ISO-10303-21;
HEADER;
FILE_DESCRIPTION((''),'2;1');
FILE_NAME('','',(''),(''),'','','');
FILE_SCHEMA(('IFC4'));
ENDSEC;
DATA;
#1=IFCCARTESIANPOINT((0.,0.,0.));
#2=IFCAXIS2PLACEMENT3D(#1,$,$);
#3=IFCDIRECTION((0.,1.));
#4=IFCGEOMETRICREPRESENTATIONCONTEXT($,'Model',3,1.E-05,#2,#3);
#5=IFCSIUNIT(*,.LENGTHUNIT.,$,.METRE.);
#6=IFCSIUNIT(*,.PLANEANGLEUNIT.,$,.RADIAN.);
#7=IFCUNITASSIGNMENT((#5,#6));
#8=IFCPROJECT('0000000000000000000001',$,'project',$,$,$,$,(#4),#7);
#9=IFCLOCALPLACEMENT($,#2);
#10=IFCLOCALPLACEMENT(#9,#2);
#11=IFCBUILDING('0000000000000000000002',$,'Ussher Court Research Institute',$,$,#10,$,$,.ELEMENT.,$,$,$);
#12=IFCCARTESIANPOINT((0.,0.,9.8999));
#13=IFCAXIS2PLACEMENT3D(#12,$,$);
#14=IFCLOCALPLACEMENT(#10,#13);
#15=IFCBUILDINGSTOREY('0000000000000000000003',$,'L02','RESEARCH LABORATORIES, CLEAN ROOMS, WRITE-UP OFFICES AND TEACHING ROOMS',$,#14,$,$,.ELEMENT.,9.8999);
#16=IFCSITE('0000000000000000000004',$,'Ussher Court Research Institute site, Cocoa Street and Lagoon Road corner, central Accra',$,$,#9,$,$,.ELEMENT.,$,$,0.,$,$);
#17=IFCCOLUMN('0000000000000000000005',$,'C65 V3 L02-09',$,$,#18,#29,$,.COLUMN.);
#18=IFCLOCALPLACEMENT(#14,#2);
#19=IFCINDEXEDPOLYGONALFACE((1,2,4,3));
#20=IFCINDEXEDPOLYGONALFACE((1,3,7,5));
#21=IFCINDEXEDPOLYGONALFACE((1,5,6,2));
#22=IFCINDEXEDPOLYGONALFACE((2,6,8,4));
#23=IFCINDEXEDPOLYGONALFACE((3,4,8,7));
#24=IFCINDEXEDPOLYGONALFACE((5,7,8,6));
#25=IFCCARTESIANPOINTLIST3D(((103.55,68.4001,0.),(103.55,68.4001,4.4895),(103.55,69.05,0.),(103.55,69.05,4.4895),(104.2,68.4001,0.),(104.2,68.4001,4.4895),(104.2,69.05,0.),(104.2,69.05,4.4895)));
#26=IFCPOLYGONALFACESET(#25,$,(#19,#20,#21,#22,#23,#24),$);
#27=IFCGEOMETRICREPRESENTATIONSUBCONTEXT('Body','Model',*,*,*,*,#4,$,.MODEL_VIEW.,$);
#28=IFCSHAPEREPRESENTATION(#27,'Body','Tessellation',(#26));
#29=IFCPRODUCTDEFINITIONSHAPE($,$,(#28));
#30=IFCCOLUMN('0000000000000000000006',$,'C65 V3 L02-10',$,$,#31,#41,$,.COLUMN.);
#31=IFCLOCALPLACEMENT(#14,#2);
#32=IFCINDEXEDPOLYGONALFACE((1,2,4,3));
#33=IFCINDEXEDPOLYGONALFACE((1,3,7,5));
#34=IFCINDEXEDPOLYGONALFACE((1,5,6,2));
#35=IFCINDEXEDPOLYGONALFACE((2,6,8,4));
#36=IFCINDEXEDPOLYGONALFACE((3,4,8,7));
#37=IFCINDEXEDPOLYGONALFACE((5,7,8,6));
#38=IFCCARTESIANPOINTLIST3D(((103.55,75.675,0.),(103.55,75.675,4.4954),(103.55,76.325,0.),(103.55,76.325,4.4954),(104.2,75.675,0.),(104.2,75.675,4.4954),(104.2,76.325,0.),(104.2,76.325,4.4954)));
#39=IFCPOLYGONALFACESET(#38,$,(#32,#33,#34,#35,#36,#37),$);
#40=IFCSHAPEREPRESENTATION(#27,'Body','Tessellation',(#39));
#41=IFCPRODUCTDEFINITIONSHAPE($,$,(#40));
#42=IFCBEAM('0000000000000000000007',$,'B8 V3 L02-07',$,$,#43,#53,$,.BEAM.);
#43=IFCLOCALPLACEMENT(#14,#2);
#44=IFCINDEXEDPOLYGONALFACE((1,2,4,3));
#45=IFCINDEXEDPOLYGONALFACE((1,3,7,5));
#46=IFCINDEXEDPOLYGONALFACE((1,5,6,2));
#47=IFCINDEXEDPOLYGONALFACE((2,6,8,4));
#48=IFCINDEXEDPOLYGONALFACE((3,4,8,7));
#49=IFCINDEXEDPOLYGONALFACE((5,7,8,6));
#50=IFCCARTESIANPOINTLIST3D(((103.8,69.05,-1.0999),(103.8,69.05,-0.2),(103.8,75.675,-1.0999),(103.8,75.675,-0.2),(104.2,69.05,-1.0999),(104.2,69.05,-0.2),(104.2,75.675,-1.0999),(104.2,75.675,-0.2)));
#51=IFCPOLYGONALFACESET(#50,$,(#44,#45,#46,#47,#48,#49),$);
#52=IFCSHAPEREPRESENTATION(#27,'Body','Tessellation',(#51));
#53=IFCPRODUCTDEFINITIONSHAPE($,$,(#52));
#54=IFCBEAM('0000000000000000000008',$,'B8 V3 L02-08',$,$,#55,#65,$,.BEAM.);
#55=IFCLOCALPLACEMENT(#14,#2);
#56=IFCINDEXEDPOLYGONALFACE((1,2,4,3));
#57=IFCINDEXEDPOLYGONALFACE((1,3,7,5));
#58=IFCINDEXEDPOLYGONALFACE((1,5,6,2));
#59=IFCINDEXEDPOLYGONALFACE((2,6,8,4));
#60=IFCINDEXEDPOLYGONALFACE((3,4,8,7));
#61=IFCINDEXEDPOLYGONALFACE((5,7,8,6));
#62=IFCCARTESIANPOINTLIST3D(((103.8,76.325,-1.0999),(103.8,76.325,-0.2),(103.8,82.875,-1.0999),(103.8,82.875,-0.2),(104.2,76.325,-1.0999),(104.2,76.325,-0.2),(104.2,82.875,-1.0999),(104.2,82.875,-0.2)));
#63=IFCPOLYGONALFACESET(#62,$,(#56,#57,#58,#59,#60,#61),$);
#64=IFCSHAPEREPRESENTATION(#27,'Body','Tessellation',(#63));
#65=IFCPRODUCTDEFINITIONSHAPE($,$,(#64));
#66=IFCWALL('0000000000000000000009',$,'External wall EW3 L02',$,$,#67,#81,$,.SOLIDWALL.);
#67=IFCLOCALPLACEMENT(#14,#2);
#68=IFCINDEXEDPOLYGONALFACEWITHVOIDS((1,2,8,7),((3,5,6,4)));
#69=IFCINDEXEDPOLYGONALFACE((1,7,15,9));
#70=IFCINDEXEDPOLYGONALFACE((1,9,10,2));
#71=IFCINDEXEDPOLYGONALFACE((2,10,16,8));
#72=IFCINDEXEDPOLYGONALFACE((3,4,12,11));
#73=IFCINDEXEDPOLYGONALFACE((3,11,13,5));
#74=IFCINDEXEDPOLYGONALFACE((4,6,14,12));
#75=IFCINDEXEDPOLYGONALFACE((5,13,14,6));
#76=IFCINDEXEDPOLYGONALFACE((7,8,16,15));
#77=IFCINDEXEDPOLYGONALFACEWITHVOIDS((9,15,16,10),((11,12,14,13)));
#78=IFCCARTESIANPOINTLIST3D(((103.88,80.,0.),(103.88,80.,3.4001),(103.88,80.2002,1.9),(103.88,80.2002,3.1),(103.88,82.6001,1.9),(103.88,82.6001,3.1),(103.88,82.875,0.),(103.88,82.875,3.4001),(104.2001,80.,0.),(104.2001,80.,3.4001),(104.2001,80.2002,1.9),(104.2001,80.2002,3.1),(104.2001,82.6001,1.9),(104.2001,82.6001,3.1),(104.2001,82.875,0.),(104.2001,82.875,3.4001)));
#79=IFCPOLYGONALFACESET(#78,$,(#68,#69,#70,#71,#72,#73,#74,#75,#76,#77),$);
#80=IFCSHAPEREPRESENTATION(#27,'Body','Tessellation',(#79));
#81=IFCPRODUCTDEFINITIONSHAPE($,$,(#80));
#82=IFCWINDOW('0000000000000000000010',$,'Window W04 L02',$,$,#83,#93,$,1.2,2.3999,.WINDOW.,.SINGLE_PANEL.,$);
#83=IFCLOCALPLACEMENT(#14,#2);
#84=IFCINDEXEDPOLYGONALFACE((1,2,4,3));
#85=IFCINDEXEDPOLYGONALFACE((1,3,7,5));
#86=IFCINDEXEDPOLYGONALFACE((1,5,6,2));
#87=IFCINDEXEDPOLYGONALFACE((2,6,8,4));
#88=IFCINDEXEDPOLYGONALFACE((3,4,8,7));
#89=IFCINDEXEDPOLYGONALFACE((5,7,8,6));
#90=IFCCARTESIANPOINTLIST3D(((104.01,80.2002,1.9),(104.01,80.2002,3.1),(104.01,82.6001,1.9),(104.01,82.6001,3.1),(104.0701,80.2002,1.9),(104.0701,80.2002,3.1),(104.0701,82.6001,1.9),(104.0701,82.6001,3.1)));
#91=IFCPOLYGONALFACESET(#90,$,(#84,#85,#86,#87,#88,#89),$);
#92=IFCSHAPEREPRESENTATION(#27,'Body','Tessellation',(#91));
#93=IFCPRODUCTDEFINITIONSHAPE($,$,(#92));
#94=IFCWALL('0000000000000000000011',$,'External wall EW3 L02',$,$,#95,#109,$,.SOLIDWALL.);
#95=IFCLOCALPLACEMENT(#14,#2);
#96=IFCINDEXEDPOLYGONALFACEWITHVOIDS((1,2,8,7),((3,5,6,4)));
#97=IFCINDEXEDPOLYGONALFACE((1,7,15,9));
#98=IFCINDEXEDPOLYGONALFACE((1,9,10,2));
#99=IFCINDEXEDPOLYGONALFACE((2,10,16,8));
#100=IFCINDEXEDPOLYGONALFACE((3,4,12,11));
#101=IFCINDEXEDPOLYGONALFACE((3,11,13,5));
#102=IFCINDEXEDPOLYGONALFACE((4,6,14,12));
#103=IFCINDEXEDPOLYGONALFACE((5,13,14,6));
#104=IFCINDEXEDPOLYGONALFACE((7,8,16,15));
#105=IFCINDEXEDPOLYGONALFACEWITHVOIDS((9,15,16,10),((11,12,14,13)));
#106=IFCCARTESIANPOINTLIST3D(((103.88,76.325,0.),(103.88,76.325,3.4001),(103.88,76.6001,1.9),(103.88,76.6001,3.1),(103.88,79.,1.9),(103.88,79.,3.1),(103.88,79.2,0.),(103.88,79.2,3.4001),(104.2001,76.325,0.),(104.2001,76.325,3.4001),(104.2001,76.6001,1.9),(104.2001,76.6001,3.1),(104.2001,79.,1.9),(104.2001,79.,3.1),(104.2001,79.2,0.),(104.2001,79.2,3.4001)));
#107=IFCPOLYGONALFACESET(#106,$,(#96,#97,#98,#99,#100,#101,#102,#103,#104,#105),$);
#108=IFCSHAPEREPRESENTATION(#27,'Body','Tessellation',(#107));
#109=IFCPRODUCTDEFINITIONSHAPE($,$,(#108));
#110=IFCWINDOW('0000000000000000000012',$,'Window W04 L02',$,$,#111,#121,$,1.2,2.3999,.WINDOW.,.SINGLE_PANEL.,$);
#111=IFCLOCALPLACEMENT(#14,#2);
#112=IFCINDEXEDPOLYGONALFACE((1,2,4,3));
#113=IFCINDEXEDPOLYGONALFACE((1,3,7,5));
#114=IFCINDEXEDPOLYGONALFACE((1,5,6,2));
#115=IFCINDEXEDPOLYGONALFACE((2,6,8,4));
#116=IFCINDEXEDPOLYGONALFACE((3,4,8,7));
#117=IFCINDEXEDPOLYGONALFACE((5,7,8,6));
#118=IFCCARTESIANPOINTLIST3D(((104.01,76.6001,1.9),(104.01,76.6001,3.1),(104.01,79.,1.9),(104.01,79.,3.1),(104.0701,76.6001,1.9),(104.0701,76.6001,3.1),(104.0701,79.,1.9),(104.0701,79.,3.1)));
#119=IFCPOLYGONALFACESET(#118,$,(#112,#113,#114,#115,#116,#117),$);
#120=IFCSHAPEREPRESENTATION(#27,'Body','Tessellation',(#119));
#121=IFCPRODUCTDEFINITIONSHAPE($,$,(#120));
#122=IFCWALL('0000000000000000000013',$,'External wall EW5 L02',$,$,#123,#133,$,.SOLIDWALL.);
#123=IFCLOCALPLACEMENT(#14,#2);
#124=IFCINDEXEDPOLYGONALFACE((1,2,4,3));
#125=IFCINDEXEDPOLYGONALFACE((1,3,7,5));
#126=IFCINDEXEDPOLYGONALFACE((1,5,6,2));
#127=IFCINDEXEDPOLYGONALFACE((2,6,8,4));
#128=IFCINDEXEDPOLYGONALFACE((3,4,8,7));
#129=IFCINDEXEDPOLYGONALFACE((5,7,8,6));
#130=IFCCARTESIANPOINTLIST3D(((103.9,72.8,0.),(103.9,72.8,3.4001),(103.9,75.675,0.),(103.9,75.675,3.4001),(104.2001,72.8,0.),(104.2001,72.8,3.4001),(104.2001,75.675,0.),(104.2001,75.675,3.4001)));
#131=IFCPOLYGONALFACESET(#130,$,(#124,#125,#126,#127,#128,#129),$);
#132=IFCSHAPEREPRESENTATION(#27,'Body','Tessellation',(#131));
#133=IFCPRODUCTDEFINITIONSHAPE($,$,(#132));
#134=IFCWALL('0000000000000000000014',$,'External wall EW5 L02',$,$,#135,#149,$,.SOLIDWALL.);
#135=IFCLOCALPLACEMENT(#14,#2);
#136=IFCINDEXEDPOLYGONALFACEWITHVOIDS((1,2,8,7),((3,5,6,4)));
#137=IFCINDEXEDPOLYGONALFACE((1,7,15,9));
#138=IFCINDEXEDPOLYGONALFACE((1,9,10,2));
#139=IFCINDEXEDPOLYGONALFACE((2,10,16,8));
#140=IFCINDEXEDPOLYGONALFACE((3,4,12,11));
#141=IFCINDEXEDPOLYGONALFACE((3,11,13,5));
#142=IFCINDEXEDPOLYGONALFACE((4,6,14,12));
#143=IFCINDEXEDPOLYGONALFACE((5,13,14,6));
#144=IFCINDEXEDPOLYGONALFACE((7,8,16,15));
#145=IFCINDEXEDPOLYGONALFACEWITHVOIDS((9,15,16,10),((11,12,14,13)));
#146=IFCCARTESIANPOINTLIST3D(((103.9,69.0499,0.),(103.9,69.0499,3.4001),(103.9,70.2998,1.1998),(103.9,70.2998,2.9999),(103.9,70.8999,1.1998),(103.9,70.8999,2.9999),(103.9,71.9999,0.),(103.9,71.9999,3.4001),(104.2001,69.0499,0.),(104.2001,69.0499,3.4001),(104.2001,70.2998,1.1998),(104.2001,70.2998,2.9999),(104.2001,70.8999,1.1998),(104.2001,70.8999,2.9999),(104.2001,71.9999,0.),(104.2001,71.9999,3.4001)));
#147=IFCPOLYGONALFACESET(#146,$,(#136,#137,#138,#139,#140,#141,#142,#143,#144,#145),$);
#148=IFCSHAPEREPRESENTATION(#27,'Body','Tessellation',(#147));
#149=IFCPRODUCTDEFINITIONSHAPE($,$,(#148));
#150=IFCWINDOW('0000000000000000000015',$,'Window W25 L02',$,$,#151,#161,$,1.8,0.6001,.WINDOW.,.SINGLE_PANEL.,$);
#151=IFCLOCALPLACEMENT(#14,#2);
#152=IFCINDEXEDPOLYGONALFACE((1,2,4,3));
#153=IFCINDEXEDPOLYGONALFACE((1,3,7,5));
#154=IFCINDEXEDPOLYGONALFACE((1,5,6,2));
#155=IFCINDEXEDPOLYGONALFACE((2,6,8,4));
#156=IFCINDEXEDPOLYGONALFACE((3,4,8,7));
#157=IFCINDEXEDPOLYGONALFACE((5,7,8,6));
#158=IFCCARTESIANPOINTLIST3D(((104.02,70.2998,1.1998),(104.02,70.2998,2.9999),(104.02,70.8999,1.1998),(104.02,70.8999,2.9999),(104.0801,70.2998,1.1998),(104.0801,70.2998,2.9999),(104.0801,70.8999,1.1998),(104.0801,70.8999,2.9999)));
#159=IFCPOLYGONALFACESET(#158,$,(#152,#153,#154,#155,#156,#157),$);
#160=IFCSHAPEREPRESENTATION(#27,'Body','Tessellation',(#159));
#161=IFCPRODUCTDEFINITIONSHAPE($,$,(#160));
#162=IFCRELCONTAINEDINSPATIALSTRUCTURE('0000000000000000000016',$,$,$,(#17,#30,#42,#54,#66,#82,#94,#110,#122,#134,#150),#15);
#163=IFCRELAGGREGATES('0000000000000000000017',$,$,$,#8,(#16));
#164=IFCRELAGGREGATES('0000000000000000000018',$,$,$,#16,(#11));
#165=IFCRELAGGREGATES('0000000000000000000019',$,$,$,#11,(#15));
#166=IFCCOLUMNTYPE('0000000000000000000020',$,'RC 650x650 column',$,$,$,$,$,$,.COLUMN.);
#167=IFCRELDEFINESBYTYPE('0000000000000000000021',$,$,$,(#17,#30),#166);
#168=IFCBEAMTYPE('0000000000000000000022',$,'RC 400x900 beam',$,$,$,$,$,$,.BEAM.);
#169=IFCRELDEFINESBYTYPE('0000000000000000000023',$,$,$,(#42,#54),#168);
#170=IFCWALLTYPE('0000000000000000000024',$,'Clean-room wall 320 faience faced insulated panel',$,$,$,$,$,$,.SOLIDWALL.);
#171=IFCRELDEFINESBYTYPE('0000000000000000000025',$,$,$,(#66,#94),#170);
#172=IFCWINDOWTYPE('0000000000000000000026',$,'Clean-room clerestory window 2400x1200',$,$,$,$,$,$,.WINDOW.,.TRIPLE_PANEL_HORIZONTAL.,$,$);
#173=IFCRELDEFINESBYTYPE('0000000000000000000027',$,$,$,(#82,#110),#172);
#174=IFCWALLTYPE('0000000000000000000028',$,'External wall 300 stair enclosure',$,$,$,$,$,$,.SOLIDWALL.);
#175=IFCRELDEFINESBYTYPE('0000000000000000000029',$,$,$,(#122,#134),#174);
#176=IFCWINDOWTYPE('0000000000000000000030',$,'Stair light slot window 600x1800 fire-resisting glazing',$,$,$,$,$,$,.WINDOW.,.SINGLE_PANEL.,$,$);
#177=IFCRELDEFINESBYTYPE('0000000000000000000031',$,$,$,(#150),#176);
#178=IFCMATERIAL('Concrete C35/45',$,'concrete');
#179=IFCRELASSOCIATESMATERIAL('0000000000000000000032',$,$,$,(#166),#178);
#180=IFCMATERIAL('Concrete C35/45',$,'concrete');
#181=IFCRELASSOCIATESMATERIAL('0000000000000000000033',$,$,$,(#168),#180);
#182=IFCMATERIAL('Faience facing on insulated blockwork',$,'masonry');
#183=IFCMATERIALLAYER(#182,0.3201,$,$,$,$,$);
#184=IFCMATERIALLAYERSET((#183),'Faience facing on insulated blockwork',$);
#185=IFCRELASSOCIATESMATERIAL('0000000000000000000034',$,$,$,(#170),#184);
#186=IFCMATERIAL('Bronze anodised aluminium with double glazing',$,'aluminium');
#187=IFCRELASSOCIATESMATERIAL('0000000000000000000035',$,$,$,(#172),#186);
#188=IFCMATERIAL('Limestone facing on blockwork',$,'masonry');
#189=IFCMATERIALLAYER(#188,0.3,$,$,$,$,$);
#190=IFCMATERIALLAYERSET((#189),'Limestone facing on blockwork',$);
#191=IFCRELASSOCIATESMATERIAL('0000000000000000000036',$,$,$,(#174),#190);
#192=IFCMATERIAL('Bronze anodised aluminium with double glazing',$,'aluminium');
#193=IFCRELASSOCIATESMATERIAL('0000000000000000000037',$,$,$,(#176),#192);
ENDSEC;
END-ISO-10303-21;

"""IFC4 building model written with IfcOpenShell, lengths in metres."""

from ifc_helpers import new_model, si_unit, direction, frame, frame_2d, origin, origin_2d, place, context, subcontext, project, spatial, rectangle, extrude, material, layer, layer_set, material_profile, profile_set, type_object, element, fill, save


model = new_model("IFC4")

# Units and contexts
model_context = context("Model", 3, precision=1e-05, world=origin(), true_north=direction((0.0, 1.0)))
body_context = subcontext(model_context, "Body", "Model", "MODEL_VIEW")
ifc_project = project(units=[si_unit("LENGTHUNIT", "METRE"), si_unit("PLANEANGLEUNIT", "RADIAN")], contexts=[model_context])

# Site, building, storey
site_placement = place(None, origin())
site = spatial("IfcSite", under=ifc_project, at=site_placement, Name="Ussher Court Research Institute site, Cocoa Street and Lagoon Road corner, central Accra", CompositionType="ELEMENT", RefElevation=0.0)
building_placement = place(site_placement, origin())
building = spatial("IfcBuilding", under=site, at=building_placement, Name="Ussher Court Research Institute", CompositionType="ELEMENT")
storey_placement = place(building_placement, frame((0.0, 0.0, 9.8999)))
storey = spatial("IfcBuildingStorey", under=building, at=storey_placement, Name="L02", Description="RESEARCH LABORATORIES, CLEAN ROOMS, WRITE-UP OFFICES AND TEACHING ROOMS", CompositionType="ELEMENT", Elevation=9.8999)

# Columns
ifc_material_1 = material(Name="Concrete C35/45", Category="concrete")
ifc_material_profile_1 = material_profile(ifc_material_1, rectangle(XDim=0.6499, YDim=0.6499, at=origin_2d()), Name="RC 650x650")
ifc_profile_set_1 = profile_set([ifc_material_profile_1], Name="Concrete C35/45")
column_type = type_object("IfcColumnType", Name="RC 650x650 column", PredefinedType="COLUMN", material=ifc_profile_set_1)
column_1_placement = place(storey_placement, frame((103.875, 68.7251, 0.0), z_axis=(0.0, 0.0, 1.0), x_axis=(1.0, 0.0, 0.0)))
element("IfcColumn", 1, at=column_1_placement, inside=storey, type_object=column_type, Name="C65 V3 L02-09", PredefinedType="COLUMN", context=body_context, shape_type="SweptSolid", body=[
    extrude(rectangle(XDim=0.6499, YDim=0.6499, at=origin_2d()), origin(), (0.0, 0.0, 1.0), 4.4895),
])
column_2_placement = place(storey_placement, frame((103.875, 76.0, 0.0), z_axis=(0.0, 0.0, 1.0), x_axis=(1.0, 0.0, 0.0)))
element("IfcColumn", 2, at=column_2_placement, inside=storey, type_object=column_type, Name="C65 V3 L02-10", PredefinedType="COLUMN", context=body_context, shape_type="SweptSolid", body=[
    extrude(rectangle(XDim=0.6499, YDim=0.6499, at=origin_2d()), origin(), (0.0, 0.0, 1.0), 4.4954),
])

# Beams
ifc_material_2 = material(Name="Concrete C35/45", Category="concrete")
ifc_material_profile_2 = material_profile(ifc_material_2, rectangle(XDim=0.3999, YDim=0.8999, at=origin_2d()), Name="RC 400x900")
ifc_profile_set_2 = profile_set([ifc_material_profile_2], Name="Concrete C35/45")
beam_type = type_object("IfcBeamType", Name="RC 400x900 beam", PredefinedType="BEAM", material=ifc_profile_set_2)
beam_1_placement = place(storey_placement, frame((104.0, 69.05, -0.6499), z_axis=(0.0, 1.0, 0.0), x_axis=(-1.0, 0.0, 0.0)))
element("IfcBeam", 3, at=beam_1_placement, inside=storey, type_object=beam_type, Name="B8 V3 L02-07", PredefinedType="BEAM", context=body_context, shape_type="SweptSolid", body=[
    extrude(rectangle(XDim=0.3999, YDim=0.8999, at=origin_2d()), origin(), (0.0, 0.0, 1.0), 6.625),
])
beam_2_placement = place(storey_placement, frame((104.0, 76.325, -0.6499), z_axis=(0.0, 1.0, 0.0), x_axis=(-1.0, 0.0, 0.0)))
element("IfcBeam", 4, at=beam_2_placement, inside=storey, type_object=beam_type, Name="B8 V3 L02-08", PredefinedType="BEAM", context=body_context, shape_type="SweptSolid", body=[
    extrude(rectangle(XDim=0.3999, YDim=0.8999, at=origin_2d()), origin(), (0.0, 0.0, 1.0), 6.55),
])

# Walls, openings, windows
ifc_material_3 = material(Name="Faience facing on insulated blockwork", Category="masonry")
ifc_layer_1 = layer(ifc_material_3, 0.3201)
ifc_layer_set_1 = layer_set([ifc_layer_1], Name="Faience facing on insulated blockwork")
wall_type_1 = type_object("IfcWallType", Name="Clean-room wall 320 faience faced insulated panel", PredefinedType="SOLIDWALL", material=ifc_layer_set_1)
wall_1_placement = place(storey_placement, frame((104.04, 82.875, 0.0), z_axis=(0.0, 0.0, 1.0), x_axis=(0.0, -1.0, 0.0)))
wall_1 = element("IfcWall", 5, at=wall_1_placement, inside=storey, type_object=wall_type_1, Name="External wall EW3 L02", PredefinedType="SOLIDWALL", context=body_context, shape_type="SweptSolid", body=[
    extrude(rectangle(XDim=2.875, YDim=0.3201, at=frame_2d((1.4375, 0.0))), origin(), (0.0, 0.0, 1.0), 3.4001),
])
opening_1_placement = place(wall_1_placement, frame((0.2749, 0.0, 1.8999)))
opening_1 = element("IfcOpeningElement", 6, at=opening_1_placement, cuts=wall_1, PredefinedType="OPENING", context=body_context, shape_type="SweptSolid", body=[
    extrude(rectangle(XDim=2.3999, YDim=1.2, at=frame_2d((1.2, 0.6001))), frame((0.0, 0.1699, 0.0), z_axis=(0.0, -1.0, 0.0), x_axis=(1.0, 0.0, 0.0)), (0.0, 0.0, 1.0), 0.3401),
])
ifc_material_4 = material(Name="Bronze anodised aluminium with double glazing", Category="aluminium")
window_type_1 = type_object("IfcWindowType", Name="Clean-room clerestory window 2400x1200", PartitioningType="TRIPLE_PANEL_HORIZONTAL", PredefinedType="WINDOW", material=ifc_material_4)
window_1_placement = place(opening_1_placement, origin())
window_1 = element("IfcWindow", 7, at=window_1_placement, inside=storey, type_object=window_type_1, Name="Window W04 L02", OverallHeight=1.2, OverallWidth=2.3999, PartitioningType="SINGLE_PANEL", PredefinedType="WINDOW", context=body_context, shape_type="SweptSolid", body=[
    extrude(rectangle(XDim=2.3999, YDim=1.2, at=frame_2d((1.2, 0.6001))), frame((0.0, 0.03, 0.0), z_axis=(0.0, -1.0, 0.0), x_axis=(1.0, 0.0, 0.0)), (0.0, 0.0, 1.0), 0.0601),
])
fill(opening_1, window_1)
wall_2_placement = place(storey_placement, frame((104.04, 79.2, 0.0), z_axis=(0.0, 0.0, 1.0), x_axis=(0.0, -1.0, 0.0)))
wall_2 = element("IfcWall", 8, at=wall_2_placement, inside=storey, type_object=wall_type_1, Name="External wall EW3 L02", PredefinedType="SOLIDWALL", context=body_context, shape_type="SweptSolid", body=[
    extrude(rectangle(XDim=2.875, YDim=0.3201, at=frame_2d((1.4375, 0.0))), origin(), (0.0, 0.0, 1.0), 3.4001),
])
opening_2_placement = place(wall_2_placement, frame((0.2, 0.0, 1.8999)))
opening_2 = element("IfcOpeningElement", 9, at=opening_2_placement, cuts=wall_2, PredefinedType="OPENING", context=body_context, shape_type="SweptSolid", body=[
    extrude(rectangle(XDim=2.3999, YDim=1.2, at=frame_2d((1.2, 0.6001))), frame((0.0, 0.1699, 0.0), z_axis=(0.0, -1.0, 0.0), x_axis=(1.0, 0.0, 0.0)), (0.0, 0.0, 1.0), 0.3401),
])
window_2_placement = place(opening_2_placement, origin())
window_2 = element("IfcWindow", 10, at=window_2_placement, inside=storey, type_object=window_type_1, Name="Window W04 L02", OverallHeight=1.2, OverallWidth=2.3999, PartitioningType="SINGLE_PANEL", PredefinedType="WINDOW", context=body_context, shape_type="SweptSolid", body=[
    extrude(rectangle(XDim=2.3999, YDim=1.2, at=frame_2d((1.2, 0.6001))), frame((0.0, 0.03, 0.0), z_axis=(0.0, -1.0, 0.0), x_axis=(1.0, 0.0, 0.0)), (0.0, 0.0, 1.0), 0.0601),
])
fill(opening_2, window_2)

# Wall
ifc_material_5 = material(Name="Limestone facing on blockwork", Category="masonry")
ifc_layer_2 = layer(ifc_material_5, 0.3)
ifc_layer_set_2 = layer_set([ifc_layer_2], Name="Limestone facing on blockwork")
wall_type_2 = type_object("IfcWallType", Name="External wall 300 stair enclosure", PredefinedType="SOLIDWALL", material=ifc_layer_set_2)
wall_3_placement = place(storey_placement, frame((104.05, 75.675, 0.0), z_axis=(0.0, 0.0, 1.0), x_axis=(0.0, -1.0, 0.0)))
element("IfcWall", 11, at=wall_3_placement, inside=storey, type_object=wall_type_2, Name="External wall EW5 L02", PredefinedType="SOLIDWALL", context=body_context, shape_type="SweptSolid", body=[
    extrude(rectangle(XDim=2.875, YDim=0.3, at=frame_2d((1.4375, 0.0))), origin(), (0.0, 0.0, 1.0), 3.4001),
])

# Wall, opening, window
wall_4_placement = place(storey_placement, frame((104.05, 72.0, 0.0), z_axis=(0.0, 0.0, 1.0), x_axis=(0.0, -1.0, 0.0)))
wall_4 = element("IfcWall", 12, at=wall_4_placement, inside=storey, type_object=wall_type_2, Name="External wall EW5 L02", PredefinedType="SOLIDWALL", context=body_context, shape_type="SweptSolid", body=[
    extrude(rectangle(XDim=2.95, YDim=0.3, at=frame_2d((1.4751, 0.0))), origin(), (0.0, 0.0, 1.0), 3.4001),
])
opening_3_placement = place(wall_4_placement, frame((1.1001, 0.0, 1.2)))
opening_3 = element("IfcOpeningElement", 13, at=opening_3_placement, cuts=wall_4, PredefinedType="OPENING", context=body_context, shape_type="SweptSolid", body=[
    extrude(rectangle(XDim=0.6001, YDim=1.8, at=frame_2d((0.3, 0.8999))), frame((0.0, 0.1602, 0.0), z_axis=(0.0, -1.0, 0.0), x_axis=(1.0, 0.0, 0.0)), (0.0, 0.0, 1.0), 0.3201),
])
ifc_material_6 = material(Name="Bronze anodised aluminium with double glazing", Category="aluminium")
window_type_2 = type_object("IfcWindowType", Name="Stair light slot window 600x1800 fire-resisting glazing", PartitioningType="SINGLE_PANEL", PredefinedType="WINDOW", material=ifc_material_6)
window_3_placement = place(opening_3_placement, origin())
window_3 = element("IfcWindow", 14, at=window_3_placement, inside=storey, type_object=window_type_2, Name="Window W25 L02", OverallHeight=1.8, OverallWidth=0.6001, PartitioningType="SINGLE_PANEL", PredefinedType="WINDOW", context=body_context, shape_type="SweptSolid", body=[
    extrude(rectangle(XDim=0.6001, YDim=1.8, at=frame_2d((0.3, 0.8999))), frame((0.0, 0.03, 0.0), z_axis=(0.0, -1.0, 0.0), x_axis=(1.0, 0.0, 0.0)), (0.0, 0.0, 1.0), 0.0601),
])
fill(opening_3, window_3)

save(model, "model.ifc")
